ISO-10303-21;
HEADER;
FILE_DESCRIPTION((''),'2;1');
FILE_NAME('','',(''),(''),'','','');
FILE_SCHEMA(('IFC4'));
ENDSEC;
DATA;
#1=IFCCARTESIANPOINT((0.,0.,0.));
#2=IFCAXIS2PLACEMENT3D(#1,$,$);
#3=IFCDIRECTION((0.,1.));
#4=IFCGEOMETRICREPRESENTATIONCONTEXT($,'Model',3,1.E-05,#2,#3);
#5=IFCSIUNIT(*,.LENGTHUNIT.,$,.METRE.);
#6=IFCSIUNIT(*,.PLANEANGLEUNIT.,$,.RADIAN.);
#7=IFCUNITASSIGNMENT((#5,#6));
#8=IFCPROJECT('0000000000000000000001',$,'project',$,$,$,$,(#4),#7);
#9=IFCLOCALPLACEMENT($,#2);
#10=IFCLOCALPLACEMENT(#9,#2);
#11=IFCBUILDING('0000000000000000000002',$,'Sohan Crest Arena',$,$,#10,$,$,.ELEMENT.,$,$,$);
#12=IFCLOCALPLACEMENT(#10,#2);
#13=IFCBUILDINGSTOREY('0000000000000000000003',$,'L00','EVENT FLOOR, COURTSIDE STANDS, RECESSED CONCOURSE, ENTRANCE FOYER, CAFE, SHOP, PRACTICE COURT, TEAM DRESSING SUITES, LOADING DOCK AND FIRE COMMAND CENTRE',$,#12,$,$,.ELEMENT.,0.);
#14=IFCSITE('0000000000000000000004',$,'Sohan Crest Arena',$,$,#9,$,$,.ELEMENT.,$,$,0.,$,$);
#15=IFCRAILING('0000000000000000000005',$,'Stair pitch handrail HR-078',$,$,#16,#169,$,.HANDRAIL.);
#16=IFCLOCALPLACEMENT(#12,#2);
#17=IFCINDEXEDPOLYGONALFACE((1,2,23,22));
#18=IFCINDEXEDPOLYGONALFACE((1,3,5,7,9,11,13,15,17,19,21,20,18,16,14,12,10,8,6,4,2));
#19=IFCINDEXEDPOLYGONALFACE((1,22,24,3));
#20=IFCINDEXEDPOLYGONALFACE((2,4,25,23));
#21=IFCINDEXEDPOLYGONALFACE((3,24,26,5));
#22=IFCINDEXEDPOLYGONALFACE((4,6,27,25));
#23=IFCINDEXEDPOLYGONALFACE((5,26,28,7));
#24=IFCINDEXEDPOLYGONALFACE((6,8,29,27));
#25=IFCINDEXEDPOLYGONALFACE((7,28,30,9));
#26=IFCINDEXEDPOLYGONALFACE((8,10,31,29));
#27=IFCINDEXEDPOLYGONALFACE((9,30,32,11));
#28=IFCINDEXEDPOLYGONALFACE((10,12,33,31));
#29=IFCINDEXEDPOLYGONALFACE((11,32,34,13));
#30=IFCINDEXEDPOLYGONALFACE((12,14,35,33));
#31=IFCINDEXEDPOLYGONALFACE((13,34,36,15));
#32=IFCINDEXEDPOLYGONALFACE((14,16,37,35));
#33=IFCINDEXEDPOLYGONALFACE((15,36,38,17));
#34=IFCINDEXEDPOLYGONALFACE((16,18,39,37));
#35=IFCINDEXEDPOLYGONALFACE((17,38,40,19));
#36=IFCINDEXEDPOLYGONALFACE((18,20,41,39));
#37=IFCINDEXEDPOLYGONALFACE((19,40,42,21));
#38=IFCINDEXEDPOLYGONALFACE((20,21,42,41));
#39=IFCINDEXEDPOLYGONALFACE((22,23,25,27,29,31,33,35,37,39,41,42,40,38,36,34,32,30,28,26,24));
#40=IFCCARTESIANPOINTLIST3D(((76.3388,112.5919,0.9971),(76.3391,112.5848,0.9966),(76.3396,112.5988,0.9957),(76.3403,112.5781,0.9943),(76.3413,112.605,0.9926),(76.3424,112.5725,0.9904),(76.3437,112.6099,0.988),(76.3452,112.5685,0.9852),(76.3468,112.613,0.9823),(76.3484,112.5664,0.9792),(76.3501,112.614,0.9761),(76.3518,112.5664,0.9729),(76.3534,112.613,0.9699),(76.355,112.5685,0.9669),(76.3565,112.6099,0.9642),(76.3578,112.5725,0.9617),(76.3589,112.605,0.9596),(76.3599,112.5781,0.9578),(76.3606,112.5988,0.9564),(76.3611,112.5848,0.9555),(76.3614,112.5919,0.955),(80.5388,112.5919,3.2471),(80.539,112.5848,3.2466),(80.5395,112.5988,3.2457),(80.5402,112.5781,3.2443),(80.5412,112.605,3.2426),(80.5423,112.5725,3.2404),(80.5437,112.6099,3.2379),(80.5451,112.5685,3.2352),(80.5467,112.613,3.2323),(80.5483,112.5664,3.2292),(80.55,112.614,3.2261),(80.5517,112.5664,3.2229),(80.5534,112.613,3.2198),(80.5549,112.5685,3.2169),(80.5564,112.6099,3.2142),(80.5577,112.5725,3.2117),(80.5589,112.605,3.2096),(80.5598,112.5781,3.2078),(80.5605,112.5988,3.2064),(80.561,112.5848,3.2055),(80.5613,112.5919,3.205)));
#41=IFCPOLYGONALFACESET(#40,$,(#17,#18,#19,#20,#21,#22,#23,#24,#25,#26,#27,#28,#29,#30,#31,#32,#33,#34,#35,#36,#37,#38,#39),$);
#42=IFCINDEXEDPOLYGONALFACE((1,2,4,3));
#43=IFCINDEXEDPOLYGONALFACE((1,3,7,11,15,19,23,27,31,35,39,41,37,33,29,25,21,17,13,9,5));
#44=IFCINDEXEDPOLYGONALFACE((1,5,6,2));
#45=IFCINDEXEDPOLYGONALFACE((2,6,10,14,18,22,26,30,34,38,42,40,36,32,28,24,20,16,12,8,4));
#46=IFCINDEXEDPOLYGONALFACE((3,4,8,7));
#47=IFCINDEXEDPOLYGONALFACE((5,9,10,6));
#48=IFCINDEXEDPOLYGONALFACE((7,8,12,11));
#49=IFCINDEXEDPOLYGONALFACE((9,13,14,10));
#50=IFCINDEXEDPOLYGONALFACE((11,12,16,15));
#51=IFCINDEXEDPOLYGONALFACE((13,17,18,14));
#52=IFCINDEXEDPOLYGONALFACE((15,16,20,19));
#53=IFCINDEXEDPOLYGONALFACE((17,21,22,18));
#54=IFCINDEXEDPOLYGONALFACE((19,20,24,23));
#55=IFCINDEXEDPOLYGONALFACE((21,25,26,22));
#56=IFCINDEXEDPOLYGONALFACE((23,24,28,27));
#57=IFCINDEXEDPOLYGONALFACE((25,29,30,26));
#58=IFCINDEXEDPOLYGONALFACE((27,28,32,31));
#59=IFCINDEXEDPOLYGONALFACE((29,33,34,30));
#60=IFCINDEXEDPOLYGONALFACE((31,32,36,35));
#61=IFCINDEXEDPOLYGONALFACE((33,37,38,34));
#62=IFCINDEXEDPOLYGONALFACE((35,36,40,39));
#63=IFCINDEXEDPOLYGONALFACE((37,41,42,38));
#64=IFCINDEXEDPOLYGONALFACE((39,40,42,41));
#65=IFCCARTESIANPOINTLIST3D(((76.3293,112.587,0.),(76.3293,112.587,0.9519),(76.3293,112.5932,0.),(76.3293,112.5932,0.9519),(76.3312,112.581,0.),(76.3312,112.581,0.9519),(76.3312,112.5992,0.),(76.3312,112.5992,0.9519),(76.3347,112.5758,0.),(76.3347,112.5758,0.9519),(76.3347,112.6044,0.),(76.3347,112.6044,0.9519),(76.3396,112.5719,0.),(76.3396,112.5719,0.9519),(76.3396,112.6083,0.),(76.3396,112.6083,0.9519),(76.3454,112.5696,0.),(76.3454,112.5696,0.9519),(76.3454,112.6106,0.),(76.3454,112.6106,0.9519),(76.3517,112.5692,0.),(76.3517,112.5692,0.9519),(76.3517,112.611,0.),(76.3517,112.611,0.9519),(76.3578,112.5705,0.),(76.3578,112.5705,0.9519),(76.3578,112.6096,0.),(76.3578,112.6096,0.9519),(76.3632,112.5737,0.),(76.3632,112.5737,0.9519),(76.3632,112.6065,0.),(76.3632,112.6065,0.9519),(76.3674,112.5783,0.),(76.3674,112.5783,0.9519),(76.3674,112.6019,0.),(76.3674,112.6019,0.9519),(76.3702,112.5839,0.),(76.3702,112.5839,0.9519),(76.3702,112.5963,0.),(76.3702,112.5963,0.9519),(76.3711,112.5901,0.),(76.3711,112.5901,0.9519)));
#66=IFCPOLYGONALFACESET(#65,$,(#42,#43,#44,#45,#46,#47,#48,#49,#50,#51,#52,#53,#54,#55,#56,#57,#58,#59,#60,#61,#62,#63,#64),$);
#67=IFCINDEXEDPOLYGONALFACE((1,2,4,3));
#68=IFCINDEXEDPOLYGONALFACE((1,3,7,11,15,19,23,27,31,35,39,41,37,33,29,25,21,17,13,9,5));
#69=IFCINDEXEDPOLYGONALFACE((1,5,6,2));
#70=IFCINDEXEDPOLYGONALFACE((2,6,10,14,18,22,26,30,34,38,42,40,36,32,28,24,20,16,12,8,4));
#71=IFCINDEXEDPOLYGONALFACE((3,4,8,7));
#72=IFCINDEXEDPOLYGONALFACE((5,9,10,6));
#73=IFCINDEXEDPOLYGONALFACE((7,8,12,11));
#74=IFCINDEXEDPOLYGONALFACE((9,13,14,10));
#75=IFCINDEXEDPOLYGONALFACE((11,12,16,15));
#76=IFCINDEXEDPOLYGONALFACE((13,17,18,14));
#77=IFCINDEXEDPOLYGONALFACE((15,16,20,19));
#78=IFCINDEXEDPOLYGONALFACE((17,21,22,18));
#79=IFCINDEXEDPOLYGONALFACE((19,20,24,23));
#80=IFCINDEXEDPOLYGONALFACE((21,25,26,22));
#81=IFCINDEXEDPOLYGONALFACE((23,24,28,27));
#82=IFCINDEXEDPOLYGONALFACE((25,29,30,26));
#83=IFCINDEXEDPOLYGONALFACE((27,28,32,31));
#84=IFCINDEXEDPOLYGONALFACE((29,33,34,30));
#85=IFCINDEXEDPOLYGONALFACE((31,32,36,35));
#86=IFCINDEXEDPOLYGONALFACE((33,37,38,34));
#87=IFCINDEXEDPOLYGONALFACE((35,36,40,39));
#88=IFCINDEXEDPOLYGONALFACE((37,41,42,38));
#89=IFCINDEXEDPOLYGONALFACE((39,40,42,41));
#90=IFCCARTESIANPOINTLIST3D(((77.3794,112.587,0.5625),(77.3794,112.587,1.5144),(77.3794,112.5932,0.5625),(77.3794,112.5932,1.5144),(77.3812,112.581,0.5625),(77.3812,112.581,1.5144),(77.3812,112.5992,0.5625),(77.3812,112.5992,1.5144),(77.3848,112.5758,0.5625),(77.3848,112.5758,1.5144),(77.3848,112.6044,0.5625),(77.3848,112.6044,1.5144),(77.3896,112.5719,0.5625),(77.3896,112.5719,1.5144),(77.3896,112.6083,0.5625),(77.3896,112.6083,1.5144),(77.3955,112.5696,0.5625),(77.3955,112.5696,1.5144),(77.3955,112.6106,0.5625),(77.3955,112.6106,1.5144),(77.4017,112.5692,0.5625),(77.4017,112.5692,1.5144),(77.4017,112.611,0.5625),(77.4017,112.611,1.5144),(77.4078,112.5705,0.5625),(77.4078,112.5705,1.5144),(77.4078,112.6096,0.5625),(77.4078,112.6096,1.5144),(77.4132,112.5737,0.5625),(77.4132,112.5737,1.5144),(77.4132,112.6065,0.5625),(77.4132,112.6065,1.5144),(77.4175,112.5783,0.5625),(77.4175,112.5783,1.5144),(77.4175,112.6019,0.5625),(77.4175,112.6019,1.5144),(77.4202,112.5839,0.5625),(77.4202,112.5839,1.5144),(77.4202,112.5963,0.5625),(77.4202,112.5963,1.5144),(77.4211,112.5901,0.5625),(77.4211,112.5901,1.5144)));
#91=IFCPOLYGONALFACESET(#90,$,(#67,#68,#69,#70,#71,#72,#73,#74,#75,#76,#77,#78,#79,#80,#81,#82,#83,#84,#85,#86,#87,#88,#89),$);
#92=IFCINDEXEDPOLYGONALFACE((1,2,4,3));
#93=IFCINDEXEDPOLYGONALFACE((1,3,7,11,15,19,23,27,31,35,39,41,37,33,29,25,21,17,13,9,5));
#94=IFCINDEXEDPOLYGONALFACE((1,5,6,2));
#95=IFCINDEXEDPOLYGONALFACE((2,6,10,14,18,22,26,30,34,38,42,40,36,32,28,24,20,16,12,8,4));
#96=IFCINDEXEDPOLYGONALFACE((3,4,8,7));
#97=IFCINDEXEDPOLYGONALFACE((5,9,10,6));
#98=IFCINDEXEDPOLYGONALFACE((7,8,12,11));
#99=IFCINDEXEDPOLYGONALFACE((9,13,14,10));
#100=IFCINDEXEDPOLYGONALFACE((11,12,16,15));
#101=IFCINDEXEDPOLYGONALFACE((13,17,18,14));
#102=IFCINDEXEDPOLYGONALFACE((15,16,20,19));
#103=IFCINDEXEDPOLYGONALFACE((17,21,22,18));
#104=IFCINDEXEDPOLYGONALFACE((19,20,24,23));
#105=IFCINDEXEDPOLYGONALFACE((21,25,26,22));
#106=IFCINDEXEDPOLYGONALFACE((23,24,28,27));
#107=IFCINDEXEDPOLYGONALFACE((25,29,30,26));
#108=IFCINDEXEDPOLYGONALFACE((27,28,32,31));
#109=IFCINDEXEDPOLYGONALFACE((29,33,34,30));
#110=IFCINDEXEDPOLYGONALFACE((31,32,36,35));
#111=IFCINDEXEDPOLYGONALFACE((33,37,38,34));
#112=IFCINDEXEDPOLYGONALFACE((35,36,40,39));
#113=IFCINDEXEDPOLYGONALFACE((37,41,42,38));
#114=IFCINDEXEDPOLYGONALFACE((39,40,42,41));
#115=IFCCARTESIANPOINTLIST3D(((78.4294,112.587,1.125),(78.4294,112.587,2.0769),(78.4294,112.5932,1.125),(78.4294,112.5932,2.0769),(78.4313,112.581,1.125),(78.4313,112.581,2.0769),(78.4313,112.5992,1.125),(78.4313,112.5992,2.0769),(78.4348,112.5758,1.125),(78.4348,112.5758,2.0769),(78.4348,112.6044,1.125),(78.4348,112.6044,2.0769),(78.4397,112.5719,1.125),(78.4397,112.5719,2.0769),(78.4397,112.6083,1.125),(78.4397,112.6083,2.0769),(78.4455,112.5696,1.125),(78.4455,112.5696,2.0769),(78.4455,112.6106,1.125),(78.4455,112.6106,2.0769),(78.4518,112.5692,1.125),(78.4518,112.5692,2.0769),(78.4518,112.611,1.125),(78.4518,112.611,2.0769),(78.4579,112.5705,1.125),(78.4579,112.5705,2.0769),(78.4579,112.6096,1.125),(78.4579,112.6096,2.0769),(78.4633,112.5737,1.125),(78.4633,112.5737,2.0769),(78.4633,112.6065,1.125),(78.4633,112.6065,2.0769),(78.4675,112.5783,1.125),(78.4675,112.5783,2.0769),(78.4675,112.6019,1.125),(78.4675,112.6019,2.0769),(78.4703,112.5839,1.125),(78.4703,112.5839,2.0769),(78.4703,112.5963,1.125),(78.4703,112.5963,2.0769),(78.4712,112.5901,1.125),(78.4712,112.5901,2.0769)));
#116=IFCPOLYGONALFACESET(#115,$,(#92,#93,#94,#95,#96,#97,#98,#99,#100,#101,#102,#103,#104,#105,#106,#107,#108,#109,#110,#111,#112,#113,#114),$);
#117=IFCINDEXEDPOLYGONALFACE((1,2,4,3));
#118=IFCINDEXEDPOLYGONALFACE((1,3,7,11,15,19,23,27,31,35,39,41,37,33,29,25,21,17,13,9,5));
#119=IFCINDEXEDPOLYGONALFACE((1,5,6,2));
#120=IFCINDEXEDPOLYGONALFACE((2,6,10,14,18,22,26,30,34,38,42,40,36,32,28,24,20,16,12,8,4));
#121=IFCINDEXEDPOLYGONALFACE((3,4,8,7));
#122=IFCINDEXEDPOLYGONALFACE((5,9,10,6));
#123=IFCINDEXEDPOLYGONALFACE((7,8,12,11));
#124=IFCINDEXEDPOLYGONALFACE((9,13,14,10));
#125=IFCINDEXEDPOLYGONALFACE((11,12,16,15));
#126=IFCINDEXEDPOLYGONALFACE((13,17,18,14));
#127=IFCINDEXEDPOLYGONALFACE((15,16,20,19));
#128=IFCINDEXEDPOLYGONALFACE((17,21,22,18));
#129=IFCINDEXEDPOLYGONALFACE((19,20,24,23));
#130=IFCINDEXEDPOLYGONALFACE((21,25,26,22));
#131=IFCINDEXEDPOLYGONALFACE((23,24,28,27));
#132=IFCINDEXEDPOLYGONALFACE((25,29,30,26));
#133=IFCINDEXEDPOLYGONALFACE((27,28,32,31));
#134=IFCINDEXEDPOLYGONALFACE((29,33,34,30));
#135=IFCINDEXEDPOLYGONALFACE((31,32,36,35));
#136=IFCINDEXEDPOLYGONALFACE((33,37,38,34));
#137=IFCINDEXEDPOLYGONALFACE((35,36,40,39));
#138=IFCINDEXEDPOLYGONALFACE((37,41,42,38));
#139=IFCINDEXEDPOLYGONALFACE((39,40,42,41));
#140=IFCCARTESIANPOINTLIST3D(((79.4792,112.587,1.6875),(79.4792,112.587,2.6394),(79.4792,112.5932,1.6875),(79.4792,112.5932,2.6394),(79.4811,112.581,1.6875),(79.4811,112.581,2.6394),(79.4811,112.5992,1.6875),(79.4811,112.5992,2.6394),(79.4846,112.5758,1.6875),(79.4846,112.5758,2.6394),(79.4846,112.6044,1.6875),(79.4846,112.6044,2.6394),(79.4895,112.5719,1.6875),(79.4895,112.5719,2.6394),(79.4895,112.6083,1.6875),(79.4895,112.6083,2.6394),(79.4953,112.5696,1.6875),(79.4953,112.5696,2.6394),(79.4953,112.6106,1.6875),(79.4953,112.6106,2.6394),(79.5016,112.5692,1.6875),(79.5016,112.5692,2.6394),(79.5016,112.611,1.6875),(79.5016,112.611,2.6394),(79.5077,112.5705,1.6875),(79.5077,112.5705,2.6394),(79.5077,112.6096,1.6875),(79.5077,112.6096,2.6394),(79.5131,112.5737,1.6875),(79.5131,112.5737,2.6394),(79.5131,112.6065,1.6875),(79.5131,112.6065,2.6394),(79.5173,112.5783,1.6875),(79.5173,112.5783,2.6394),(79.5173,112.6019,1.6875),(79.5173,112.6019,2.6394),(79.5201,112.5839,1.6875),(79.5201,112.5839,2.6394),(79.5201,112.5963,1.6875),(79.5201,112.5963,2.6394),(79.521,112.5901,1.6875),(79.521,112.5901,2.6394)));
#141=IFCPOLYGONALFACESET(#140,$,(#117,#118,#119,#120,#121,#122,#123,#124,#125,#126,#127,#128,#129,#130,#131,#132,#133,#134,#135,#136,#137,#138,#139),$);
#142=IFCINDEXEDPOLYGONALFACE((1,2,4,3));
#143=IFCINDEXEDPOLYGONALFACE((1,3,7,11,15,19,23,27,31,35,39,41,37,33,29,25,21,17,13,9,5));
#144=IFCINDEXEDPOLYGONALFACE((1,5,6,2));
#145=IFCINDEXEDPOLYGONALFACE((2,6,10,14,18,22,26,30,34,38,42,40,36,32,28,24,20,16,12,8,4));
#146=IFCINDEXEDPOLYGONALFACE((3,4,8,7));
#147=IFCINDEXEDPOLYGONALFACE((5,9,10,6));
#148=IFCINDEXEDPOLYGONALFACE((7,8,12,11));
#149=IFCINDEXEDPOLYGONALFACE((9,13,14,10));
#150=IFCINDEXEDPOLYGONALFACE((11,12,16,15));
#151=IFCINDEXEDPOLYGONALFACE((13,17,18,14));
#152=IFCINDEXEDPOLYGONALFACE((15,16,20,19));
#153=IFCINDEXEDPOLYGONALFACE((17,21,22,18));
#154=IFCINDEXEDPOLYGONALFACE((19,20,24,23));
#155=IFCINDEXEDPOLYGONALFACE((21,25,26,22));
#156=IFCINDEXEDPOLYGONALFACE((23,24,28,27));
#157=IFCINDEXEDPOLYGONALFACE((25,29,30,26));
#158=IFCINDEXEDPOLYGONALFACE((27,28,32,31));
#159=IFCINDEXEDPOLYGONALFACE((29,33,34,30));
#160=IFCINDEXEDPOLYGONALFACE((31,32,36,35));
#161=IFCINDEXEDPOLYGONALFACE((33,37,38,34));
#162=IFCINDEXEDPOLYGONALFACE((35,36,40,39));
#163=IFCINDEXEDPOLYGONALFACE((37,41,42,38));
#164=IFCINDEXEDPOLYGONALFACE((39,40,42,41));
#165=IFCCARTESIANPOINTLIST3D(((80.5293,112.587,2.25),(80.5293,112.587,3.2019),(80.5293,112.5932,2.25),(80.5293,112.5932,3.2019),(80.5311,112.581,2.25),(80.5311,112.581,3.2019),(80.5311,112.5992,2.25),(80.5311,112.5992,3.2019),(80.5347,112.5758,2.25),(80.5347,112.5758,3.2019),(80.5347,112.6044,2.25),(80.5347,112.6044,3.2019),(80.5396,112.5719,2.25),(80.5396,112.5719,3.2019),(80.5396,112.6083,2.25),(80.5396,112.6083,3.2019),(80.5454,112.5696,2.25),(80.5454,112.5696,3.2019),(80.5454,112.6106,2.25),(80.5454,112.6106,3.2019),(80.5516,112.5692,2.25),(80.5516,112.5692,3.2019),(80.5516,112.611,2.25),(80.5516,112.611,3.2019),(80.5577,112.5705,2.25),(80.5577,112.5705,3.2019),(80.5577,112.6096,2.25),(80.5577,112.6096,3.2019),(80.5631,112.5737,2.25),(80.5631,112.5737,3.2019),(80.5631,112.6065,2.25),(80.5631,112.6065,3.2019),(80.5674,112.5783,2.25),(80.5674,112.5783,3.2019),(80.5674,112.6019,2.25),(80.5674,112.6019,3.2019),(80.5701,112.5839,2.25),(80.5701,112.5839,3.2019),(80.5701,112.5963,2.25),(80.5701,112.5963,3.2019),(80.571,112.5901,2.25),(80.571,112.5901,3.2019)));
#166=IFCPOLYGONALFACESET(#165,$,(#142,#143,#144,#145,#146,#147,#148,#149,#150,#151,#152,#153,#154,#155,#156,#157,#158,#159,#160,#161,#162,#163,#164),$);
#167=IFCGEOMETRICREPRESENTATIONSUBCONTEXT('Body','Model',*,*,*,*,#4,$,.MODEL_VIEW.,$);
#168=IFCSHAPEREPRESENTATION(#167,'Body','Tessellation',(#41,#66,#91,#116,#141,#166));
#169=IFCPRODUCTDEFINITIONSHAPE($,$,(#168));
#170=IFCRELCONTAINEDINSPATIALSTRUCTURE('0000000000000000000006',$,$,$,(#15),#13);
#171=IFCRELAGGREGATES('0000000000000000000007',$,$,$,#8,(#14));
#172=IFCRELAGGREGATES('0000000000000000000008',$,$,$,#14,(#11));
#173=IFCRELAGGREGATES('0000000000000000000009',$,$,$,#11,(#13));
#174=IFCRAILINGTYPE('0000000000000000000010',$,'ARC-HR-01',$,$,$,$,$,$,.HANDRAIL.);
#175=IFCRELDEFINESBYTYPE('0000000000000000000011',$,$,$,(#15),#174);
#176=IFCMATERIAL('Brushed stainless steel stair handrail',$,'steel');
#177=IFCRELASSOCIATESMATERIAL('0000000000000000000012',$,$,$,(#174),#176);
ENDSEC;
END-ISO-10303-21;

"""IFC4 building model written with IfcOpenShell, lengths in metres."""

from ifc_helpers import new_model, si_unit, direction, frame, origin, origin_2d, place, context, subcontext, project, spatial, circle, extrude, material, type_object, element, save


model = new_model("IFC4")

# Units and contexts
model_context = context("Model", 3, precision=1e-05, world=origin(), true_north=direction((0.0, 1.0)))
body_context = subcontext(model_context, "Body", "Model", "MODEL_VIEW")
ifc_project = project(units=[si_unit("LENGTHUNIT", "METRE"), si_unit("PLANEANGLEUNIT", "RADIAN")], contexts=[model_context])

# Site, building, storey
site_placement = place(None, origin())
site = spatial("IfcSite", under=ifc_project, at=site_placement, Name="Sohan Crest Arena", CompositionType="ELEMENT", RefElevation=0.0)
building_placement = place(site_placement, origin())
building = spatial("IfcBuilding", under=site, at=building_placement, Name="Sohan Crest Arena", CompositionType="ELEMENT")
storey_placement = place(building_placement, origin())
storey = spatial("IfcBuildingStorey", under=building, at=storey_placement, Name="L00", Description="EVENT FLOOR, COURTSIDE STANDS, RECESSED CONCOURSE, ENTRANCE FOYER, CAFE, SHOP, PRACTICE COURT, TEAM DRESSING SUITES, LOADING DOCK AND FIRE COMMAND CENTRE", CompositionType="ELEMENT", Elevation=0.0)

# Railing
ifc_material_1 = material(Name="Brushed stainless steel stair handrail", Category="steel")
railing_type_1 = type_object("IfcRailingType", Name="ARC-HR-01", PredefinedType="HANDRAIL", material=ifc_material_1)
railing_1_placement = place(storey_placement, frame((76.3501, 112.5901, 0.0)))
element("IfcRailing", 1, at=railing_1_placement, inside=storey, type_object=railing_type_1, Name="Stair pitch handrail HR-078", PredefinedType="HANDRAIL", context=body_context, shape_type="SweptSolid", body=[
    extrude(circle(Radius=0.0239, at=origin_2d()), frame((0.0, 0.0, 0.9761), z_axis=(0.881478, 0.0, 0.472226), x_axis=(0.0, 1.0, 0.0)), (0.0, 0.0, 1.0), 4.7646),
    extrude(circle(Radius=0.021, at=origin_2d()), origin(), (0.0, 0.0, 1.0), 0.9519),
    extrude(circle(Radius=0.021, at=origin_2d()), frame((1.05, 0.0, 0.5625)), (0.0, 0.0, 1.0), 0.9519),
    extrude(circle(Radius=0.021, at=origin_2d()), frame((2.1001, 0.0, 1.125)), (0.0, 0.0, 1.0), 0.9519),
    extrude(circle(Radius=0.021, at=origin_2d()), frame((3.1499, 0.0, 1.6875)), (0.0, 0.0, 1.0), 0.9519),
    extrude(circle(Radius=0.021, at=origin_2d()), frame((4.2, 0.0, 2.25)), (0.0, 0.0, 1.0), 0.9519),
])

save(model, "model.ifc")
